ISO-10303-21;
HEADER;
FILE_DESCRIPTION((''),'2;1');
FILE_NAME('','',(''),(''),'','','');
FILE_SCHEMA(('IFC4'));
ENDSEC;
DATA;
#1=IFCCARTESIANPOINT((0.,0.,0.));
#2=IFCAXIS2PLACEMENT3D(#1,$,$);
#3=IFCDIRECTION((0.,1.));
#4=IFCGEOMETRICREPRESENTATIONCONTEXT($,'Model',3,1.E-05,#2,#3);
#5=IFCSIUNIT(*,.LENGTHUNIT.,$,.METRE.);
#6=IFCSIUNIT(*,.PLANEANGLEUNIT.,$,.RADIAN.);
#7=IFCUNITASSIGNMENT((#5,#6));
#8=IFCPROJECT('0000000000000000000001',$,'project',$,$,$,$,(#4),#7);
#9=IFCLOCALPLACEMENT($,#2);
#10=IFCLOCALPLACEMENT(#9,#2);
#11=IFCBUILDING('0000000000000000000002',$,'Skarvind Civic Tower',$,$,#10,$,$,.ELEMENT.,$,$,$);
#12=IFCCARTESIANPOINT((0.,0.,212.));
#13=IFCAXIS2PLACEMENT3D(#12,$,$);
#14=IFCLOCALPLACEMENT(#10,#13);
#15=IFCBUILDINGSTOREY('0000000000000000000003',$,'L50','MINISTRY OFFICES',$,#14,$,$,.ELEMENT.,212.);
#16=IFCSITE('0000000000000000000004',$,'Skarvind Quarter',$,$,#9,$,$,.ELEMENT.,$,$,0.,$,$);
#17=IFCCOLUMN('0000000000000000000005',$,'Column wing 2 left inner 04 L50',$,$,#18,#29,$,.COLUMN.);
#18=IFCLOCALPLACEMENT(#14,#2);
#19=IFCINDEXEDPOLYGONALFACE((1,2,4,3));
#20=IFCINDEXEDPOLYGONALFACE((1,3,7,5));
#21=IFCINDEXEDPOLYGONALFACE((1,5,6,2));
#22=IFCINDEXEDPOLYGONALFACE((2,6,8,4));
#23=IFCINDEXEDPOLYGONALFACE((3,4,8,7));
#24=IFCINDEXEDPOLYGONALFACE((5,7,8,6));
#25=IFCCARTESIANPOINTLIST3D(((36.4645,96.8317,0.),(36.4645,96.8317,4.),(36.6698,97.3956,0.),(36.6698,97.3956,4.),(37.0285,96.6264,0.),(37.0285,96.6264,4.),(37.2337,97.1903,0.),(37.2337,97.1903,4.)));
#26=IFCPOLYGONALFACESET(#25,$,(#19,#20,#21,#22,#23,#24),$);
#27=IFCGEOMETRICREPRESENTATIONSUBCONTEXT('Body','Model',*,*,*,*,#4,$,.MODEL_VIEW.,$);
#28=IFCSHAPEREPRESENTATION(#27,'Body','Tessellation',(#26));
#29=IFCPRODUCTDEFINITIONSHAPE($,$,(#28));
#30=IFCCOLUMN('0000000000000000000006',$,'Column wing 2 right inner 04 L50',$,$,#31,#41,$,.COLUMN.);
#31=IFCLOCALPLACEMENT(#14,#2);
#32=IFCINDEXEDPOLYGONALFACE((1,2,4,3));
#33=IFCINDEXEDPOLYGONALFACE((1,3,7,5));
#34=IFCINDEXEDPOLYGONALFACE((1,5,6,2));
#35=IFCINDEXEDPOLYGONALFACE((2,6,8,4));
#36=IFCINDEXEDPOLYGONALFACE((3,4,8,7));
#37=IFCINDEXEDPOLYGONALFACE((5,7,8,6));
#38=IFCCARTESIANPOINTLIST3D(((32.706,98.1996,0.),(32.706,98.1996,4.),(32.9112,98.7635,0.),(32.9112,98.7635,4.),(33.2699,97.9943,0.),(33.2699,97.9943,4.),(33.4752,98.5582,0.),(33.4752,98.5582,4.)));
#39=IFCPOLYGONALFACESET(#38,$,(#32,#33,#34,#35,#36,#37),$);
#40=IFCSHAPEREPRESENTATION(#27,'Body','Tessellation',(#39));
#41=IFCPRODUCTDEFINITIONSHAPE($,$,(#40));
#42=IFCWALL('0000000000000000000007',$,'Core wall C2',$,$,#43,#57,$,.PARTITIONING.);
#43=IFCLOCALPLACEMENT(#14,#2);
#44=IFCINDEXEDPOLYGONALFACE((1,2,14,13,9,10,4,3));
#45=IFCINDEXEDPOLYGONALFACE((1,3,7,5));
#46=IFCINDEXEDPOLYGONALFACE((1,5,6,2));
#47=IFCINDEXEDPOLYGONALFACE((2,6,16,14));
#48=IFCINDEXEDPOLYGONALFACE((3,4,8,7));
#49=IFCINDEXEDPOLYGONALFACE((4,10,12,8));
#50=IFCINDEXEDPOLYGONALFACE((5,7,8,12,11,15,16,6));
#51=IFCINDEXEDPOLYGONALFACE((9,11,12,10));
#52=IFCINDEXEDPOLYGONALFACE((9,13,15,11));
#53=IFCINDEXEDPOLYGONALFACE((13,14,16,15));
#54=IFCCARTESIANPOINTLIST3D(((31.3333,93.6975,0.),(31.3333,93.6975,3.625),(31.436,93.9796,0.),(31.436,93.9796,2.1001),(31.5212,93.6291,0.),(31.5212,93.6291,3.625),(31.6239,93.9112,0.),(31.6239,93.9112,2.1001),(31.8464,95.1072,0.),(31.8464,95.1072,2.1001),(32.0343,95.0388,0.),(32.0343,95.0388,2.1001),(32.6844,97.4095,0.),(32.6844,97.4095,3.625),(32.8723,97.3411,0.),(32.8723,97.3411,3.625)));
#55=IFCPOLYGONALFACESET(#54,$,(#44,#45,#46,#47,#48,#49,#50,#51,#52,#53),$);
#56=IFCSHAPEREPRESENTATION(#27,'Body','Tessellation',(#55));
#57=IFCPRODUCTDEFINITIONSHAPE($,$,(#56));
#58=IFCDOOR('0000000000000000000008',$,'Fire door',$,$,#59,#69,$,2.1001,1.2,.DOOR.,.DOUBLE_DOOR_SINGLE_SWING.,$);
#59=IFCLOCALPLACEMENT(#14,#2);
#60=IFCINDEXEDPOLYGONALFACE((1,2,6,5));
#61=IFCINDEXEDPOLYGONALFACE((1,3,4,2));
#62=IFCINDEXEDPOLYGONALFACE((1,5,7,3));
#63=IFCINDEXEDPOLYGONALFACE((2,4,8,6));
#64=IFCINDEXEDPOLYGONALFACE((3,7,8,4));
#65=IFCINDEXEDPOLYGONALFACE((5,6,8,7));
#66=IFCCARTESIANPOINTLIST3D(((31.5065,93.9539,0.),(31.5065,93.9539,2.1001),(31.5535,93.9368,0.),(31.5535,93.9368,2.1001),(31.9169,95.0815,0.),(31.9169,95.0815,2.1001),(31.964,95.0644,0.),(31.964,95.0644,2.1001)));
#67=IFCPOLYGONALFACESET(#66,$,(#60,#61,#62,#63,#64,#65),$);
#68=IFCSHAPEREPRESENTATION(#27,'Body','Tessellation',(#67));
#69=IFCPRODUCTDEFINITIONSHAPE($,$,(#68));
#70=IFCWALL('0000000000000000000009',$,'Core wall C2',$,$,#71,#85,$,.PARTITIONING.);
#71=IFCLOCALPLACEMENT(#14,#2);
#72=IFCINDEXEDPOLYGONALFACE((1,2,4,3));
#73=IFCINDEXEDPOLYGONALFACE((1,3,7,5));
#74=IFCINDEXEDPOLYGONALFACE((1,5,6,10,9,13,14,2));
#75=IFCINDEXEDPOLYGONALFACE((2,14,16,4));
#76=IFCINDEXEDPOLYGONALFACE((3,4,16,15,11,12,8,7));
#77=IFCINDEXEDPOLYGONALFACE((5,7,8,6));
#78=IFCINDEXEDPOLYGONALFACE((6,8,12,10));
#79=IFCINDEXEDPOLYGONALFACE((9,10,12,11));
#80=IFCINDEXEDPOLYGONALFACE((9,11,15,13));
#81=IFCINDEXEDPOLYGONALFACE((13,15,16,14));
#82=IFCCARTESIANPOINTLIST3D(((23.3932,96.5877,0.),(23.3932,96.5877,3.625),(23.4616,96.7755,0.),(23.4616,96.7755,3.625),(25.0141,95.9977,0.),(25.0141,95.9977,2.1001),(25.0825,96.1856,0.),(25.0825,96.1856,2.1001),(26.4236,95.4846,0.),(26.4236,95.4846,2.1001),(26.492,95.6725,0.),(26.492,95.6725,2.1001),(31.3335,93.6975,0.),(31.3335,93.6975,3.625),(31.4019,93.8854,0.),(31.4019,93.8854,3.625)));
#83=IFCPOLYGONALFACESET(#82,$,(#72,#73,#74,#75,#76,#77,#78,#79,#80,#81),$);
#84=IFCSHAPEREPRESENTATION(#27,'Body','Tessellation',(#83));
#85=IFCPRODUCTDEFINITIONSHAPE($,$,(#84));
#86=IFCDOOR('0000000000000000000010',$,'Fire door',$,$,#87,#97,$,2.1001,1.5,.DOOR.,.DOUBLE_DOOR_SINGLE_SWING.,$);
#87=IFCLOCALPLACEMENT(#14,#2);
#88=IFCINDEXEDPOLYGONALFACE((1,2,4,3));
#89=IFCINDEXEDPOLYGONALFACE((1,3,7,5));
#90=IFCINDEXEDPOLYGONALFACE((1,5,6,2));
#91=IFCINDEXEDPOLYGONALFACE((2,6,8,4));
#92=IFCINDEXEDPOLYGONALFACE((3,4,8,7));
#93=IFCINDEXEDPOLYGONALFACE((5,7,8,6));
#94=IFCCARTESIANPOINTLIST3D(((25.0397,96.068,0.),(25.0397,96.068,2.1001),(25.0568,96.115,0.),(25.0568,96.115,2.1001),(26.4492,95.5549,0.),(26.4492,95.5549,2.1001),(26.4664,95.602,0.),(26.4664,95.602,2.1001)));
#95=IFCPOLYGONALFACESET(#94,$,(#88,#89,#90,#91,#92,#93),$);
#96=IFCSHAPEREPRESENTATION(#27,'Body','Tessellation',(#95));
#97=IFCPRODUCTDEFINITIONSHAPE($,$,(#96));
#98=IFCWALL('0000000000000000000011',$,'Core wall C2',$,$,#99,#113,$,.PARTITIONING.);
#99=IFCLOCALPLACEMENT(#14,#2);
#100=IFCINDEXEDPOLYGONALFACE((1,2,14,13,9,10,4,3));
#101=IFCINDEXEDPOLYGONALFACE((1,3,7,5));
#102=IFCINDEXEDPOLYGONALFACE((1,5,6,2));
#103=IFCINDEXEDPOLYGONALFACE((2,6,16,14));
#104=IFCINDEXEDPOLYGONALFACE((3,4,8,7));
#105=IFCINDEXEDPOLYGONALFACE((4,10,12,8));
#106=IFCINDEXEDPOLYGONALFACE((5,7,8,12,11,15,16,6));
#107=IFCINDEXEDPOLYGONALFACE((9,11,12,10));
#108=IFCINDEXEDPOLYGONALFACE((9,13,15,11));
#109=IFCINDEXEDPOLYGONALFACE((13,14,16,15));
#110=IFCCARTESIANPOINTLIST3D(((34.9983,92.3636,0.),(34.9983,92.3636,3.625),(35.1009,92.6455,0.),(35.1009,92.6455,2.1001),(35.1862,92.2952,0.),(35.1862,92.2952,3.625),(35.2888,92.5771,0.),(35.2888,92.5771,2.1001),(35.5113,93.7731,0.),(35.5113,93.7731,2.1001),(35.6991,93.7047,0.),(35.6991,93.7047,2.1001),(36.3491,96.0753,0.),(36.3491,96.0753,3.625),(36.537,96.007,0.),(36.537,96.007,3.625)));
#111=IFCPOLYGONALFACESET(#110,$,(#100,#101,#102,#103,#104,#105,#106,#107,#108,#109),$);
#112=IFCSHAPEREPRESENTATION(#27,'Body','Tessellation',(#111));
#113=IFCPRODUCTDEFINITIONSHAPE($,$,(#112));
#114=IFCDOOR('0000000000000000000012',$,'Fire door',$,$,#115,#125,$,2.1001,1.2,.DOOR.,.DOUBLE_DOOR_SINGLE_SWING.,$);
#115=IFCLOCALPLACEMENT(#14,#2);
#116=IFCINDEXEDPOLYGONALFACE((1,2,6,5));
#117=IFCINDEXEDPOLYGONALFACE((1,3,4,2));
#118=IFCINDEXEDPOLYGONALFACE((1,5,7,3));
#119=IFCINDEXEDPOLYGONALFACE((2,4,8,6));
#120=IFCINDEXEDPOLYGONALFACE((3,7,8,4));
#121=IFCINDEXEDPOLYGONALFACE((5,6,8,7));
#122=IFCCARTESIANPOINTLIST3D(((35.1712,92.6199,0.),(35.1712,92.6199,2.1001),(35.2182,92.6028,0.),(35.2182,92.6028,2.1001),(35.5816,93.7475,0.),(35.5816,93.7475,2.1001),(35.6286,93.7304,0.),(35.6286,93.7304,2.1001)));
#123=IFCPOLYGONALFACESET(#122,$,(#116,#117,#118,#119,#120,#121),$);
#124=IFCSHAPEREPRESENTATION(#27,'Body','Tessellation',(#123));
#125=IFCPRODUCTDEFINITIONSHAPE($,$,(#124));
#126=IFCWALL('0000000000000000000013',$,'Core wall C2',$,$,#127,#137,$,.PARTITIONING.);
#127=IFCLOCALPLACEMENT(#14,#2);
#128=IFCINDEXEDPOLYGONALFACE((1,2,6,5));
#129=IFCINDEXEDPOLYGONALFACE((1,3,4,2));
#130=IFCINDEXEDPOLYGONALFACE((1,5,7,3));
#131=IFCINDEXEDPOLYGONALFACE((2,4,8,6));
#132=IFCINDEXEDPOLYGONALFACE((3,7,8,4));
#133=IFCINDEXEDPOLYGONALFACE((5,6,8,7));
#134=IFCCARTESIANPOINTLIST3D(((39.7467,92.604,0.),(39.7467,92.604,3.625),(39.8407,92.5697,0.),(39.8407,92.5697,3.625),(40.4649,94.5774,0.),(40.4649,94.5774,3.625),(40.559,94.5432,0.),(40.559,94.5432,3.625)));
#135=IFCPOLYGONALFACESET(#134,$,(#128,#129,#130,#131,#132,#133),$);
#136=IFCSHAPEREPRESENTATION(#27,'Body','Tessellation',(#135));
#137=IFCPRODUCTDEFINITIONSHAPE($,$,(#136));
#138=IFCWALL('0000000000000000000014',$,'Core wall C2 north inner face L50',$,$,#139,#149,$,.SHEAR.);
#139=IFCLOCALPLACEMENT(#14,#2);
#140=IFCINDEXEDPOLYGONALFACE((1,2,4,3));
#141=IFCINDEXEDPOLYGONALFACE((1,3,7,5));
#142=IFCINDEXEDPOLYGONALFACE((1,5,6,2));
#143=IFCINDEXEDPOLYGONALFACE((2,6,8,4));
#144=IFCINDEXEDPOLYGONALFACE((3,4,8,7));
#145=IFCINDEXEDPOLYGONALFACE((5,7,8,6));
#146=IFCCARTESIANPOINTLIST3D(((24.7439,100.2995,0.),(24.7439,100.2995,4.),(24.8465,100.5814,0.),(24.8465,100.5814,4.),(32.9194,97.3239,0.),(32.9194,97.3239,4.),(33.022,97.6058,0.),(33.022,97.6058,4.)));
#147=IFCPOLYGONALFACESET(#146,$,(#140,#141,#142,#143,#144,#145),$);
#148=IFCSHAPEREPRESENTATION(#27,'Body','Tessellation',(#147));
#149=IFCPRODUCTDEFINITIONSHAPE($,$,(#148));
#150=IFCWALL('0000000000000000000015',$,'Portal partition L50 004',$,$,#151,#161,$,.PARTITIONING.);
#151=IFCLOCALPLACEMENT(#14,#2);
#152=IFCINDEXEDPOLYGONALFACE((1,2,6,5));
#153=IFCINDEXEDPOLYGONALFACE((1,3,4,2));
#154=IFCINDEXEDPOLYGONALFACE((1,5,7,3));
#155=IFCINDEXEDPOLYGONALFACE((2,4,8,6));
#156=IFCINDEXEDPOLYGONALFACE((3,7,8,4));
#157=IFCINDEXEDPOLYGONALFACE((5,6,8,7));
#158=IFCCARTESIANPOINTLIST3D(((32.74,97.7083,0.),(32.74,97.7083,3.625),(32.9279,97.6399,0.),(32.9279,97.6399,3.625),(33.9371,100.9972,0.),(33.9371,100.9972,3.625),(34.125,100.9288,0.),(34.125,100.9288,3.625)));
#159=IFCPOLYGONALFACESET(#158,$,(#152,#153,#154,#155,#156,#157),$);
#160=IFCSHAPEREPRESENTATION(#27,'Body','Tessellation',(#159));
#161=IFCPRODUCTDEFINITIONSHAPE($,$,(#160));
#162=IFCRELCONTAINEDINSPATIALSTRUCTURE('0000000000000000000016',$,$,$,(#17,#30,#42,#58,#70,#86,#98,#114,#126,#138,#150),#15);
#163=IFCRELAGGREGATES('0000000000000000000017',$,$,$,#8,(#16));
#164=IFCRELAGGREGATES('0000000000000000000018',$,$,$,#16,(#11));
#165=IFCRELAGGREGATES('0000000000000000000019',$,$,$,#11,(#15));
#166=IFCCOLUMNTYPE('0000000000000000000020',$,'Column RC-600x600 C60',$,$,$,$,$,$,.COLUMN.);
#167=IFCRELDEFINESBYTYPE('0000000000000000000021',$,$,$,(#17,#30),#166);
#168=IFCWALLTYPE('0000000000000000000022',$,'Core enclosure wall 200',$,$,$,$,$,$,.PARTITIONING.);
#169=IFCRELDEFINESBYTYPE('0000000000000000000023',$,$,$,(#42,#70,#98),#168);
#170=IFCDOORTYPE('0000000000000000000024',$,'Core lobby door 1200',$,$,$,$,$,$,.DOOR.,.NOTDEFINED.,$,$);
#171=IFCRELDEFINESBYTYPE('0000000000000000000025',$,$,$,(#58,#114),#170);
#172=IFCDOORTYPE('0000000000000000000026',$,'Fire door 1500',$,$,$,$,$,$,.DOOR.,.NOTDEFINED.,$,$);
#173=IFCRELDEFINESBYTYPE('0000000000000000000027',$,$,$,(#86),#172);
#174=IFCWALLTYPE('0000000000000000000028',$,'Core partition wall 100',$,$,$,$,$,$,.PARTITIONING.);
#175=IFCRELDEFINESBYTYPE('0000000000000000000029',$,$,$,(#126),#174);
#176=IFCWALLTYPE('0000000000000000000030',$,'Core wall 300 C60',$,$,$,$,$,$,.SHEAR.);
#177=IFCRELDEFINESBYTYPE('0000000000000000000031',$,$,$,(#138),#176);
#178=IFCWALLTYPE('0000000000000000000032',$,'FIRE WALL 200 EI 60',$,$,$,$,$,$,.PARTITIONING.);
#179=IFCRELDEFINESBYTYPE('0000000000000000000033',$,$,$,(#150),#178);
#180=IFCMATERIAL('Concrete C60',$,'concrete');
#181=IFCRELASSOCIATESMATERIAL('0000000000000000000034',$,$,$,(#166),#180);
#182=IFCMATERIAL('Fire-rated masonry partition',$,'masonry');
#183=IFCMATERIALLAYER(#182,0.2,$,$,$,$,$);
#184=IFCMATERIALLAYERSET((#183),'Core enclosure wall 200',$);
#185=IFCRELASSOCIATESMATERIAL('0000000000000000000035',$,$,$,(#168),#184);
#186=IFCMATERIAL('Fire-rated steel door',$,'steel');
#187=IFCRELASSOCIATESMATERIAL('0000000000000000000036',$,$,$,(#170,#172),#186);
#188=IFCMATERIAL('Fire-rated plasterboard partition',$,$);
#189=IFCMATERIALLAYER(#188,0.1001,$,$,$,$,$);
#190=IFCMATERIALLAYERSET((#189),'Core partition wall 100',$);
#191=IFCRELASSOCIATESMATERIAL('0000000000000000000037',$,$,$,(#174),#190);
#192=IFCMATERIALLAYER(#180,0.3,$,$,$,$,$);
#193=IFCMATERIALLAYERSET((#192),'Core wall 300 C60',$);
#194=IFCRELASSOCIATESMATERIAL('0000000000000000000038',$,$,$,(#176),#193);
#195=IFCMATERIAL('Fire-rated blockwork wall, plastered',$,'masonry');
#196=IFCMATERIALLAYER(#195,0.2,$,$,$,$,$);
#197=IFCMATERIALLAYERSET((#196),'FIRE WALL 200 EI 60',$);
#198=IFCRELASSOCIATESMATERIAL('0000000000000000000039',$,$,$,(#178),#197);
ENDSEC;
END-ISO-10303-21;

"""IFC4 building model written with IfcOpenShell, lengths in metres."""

from ifc_helpers import new_model, si_unit, direction, frame, frame_2d, origin, origin_2d, place, context, subcontext, project, spatial, rectangle, extrude, material, layer, layer_set, material_profile, profile_set, type_object, element, fill, save


model = new_model("IFC4")

# Units and contexts
model_context = context("Model", 3, precision=1e-05, world=origin(), true_north=direction((0.0, 1.0)))
body_context = subcontext(model_context, "Body", "Model", "MODEL_VIEW")
ifc_project = project(units=[si_unit("LENGTHUNIT", "METRE"), si_unit("PLANEANGLEUNIT", "RADIAN")], contexts=[model_context])

# Site, building, storey
site_placement = place(None, origin())
site = spatial("IfcSite", under=ifc_project, at=site_placement, Name="Skarvind Quarter", CompositionType="ELEMENT", RefElevation=0.0)
building_placement = place(site_placement, origin())
building = spatial("IfcBuilding", under=site, at=building_placement, Name="Skarvind Civic Tower", CompositionType="ELEMENT")
storey_placement = place(building_placement, frame((0.0, 0.0, 212.0)))
storey = spatial("IfcBuildingStorey", under=building, at=storey_placement, Name="L50", Description="MINISTRY OFFICES", CompositionType="ELEMENT", Elevation=212.0)

# Columns
ifc_material_1 = material(Name="Concrete C60", Category="concrete")
ifc_material_profile = material_profile(ifc_material_1, rectangle(XDim=0.6001, YDim=0.6001, at=origin_2d()), Name="RC-600x600")
ifc_profile_set = profile_set([ifc_material_profile], Name="Concrete C60")
column_type = type_object("IfcColumnType", Name="Column RC-600x600 C60", PredefinedType="COLUMN", material=ifc_profile_set)
for number, where, z_axis, x_axis, name in (
    (1, (36.8491, 97.011, 0.0), (0.0, 0.0, 1.0), (-0.34202, -0.939693, 0.0), "Column wing 2 left inner 04 L50"),
    (2, (33.0906, 98.3789, 0.0), (0.0, 0.0, 1.0), (-0.34202, -0.939693, 0.0), "Column wing 2 right inner 04 L50"),
):
    element("IfcColumn", number, at=place(storey_placement, frame(where, z_axis=z_axis, x_axis=x_axis)), inside=storey, type_object=column_type, Name=name, PredefinedType="COLUMN", context=body_context, shape_type="SweptSolid", body=[
        extrude(rectangle(XDim=0.6001, YDim=0.6001, at=origin_2d()), origin(), (0.0, 0.0, 1.0), 4.0),
    ])

# Walls, openings, doors
ifc_material_2 = material(Name="Fire-rated masonry partition", Category="masonry")
ifc_layer_1 = layer(ifc_material_2, 0.2)
ifc_layer_set_1 = layer_set([ifc_layer_1], Name="Core enclosure wall 200")
wall_type_1 = type_object("IfcWallType", Name="Core enclosure wall 200", PredefinedType="PARTITIONING", material=ifc_layer_set_1)
wall_1_placement = place(storey_placement, frame((31.4272, 93.6633, 0.0), z_axis=(0.0, 0.0, 1.0), x_axis=(0.342031, 0.939689, 0.0)))
wall_1 = element("IfcWall", 3, at=wall_1_placement, inside=storey, type_object=wall_type_1, Name="Core wall C2", PredefinedType="PARTITIONING", context=body_context, shape_type="SweptSolid", body=[
    extrude(rectangle(XDim=3.9502, YDim=0.2, at=frame_2d((1.9751, 0.0))), origin(), (0.0, 0.0, 1.0), 3.625),
])
opening_1_placement = place(wall_1_placement, frame((0.3, 0.0, 0.0)))
opening_1 = element("IfcOpeningElement", 4, at=opening_1_placement, cuts=wall_1, PredefinedType="OPENING", context=body_context, shape_type="SweptSolid", body=[
    extrude(rectangle(XDim=1.2, YDim=2.1001, at=frame_2d((0.6001, 1.05))), frame((0.0, 0.1099, 0.0), z_axis=(0.0, -1.0, 0.0), x_axis=(1.0, 0.0, 0.0)), (0.0, 0.0, 1.0), 0.22),
])
ifc_material_3 = material(Name="Fire-rated steel door", Category="steel")
door_type_1 = type_object("IfcDoorType", Name="Core lobby door 1200", OperationType="NOTDEFINED", PredefinedType="DOOR", material=ifc_material_3)
door_1_placement = place(opening_1_placement, origin())
door_1 = element("IfcDoor", 5, at=door_1_placement, inside=storey, type_object=door_type_1, Name="Fire door", OperationType="DOUBLE_DOOR_SINGLE_SWING", OverallHeight=2.1001, OverallWidth=1.2, PredefinedType="DOOR", context=body_context, shape_type="SweptSolid", body=[
    extrude(rectangle(XDim=1.2, YDim=2.1001, at=frame_2d((0.6001, 1.05))), frame((0.0, 0.0249, 0.0), z_axis=(0.0, -1.0, 0.0), x_axis=(1.0, 0.0, 0.0)), (0.0, 0.0, 1.0), 0.05),
])
fill(opening_1, door_1)
wall_2_placement = place(storey_placement, frame((23.4272, 96.6816, 0.0), z_axis=(0.0, 0.0, 1.0), x_axis=(0.93969, -0.342026, 0.0)))
wall_2 = element("IfcWall", 6, at=wall_2_placement, inside=storey, type_object=wall_type_1, Name="Core wall C2", PredefinedType="PARTITIONING", context=body_context, shape_type="SweptSolid", body=[
    extrude(rectangle(XDim=8.45, YDim=0.2, at=frame_2d((4.2251, 0.0))), origin(), (0.0, 0.0, 1.0), 3.625),
])
opening_2_placement = place(wall_2_placement, frame((1.7251, 0.0, 0.0)))
opening_2 = element("IfcOpeningElement", 7, at=opening_2_placement, cuts=wall_2, PredefinedType="OPENING", context=body_context, shape_type="SweptSolid", body=[
    extrude(rectangle(XDim=1.5, YDim=2.1001, at=frame_2d((0.75, 1.05))), frame((0.0, 0.1099, 0.0), z_axis=(0.0, -1.0, 0.0), x_axis=(1.0, 0.0, 0.0)), (0.0, 0.0, 1.0), 0.22),
])
door_type_2 = type_object("IfcDoorType", Name="Fire door 1500", OperationType="NOTDEFINED", PredefinedType="DOOR", material=ifc_material_3)
door_2_placement = place(opening_2_placement, origin())
door_2 = element("IfcDoor", 8, at=door_2_placement, inside=storey, type_object=door_type_2, Name="Fire door", OperationType="DOUBLE_DOOR_SINGLE_SWING", OverallHeight=2.1001, OverallWidth=1.5, PredefinedType="DOOR", context=body_context, shape_type="SweptSolid", body=[
    extrude(rectangle(XDim=1.5, YDim=2.1001, at=frame_2d((0.75, 1.05))), frame((0.0, 0.0249, 0.0), z_axis=(0.0, -1.0, 0.0), x_axis=(1.0, 0.0, 0.0)), (0.0, 0.0, 1.0), 0.05),
])
fill(opening_2, door_2)
wall_3_placement = place(storey_placement, frame((36.4431, 96.0413, 0.0), z_axis=(0.0, 0.0, 1.0), x_axis=(-0.341996, -0.939701, 0.0)))
wall_3 = element("IfcWall", 9, at=wall_3_placement, inside=storey, type_object=wall_type_1, Name="Core wall C2", PredefinedType="PARTITIONING", context=body_context, shape_type="SweptSolid", body=[
    extrude(rectangle(XDim=3.95, YDim=0.2, at=frame_2d((1.9751, 0.0))), origin(), (0.0, 0.0, 1.0), 3.625),
])
opening_3_placement = place(wall_3_placement, frame((2.45, 0.0, 0.0)))
opening_3 = element("IfcOpeningElement", 10, at=opening_3_placement, cuts=wall_3, PredefinedType="OPENING", context=body_context, shape_type="SweptSolid", body=[
    extrude(rectangle(XDim=1.2, YDim=2.1001, at=frame_2d((0.6001, 1.05))), frame((0.0, 0.1099, 0.0), z_axis=(0.0, -1.0, 0.0), x_axis=(1.0, 0.0, 0.0)), (0.0, 0.0, 1.0), 0.22),
])
door_3_placement = place(opening_3_placement, origin())
door_3 = element("IfcDoor", 11, at=door_3_placement, inside=storey, type_object=door_type_1, Name="Fire door", OperationType="DOUBLE_DOOR_SINGLE_SWING", OverallHeight=2.1001, OverallWidth=1.2, PredefinedType="DOOR", context=body_context, shape_type="SweptSolid", body=[
    extrude(rectangle(XDim=1.2, YDim=2.1001, at=frame_2d((0.6001, 1.05))), frame((0.0, 0.0249, 0.0), z_axis=(0.0, -1.0, 0.0), x_axis=(1.0, 0.0, 0.0)), (0.0, 0.0, 1.0), 0.05),
])
fill(opening_3, door_3)

# Walls
ifc_material_4 = material(Name="Fire-rated plasterboard partition")
ifc_layer_2 = layer(ifc_material_4, 0.1001)
ifc_layer_set_2 = layer_set([ifc_layer_2], Name="Core partition wall 100")
wall_type_2 = type_object("IfcWallType", Name="Core partition wall 100", PredefinedType="PARTITIONING", material=ifc_layer_set_2)
wall_4_placement = place(storey_placement, frame((40.512, 94.5603, 0.0), z_axis=(0.0, 0.0, 1.0), x_axis=(-0.342023, -0.939692, 0.0)))
element("IfcWall", 12, at=wall_4_placement, inside=storey, type_object=wall_type_2, Name="Core wall C2", PredefinedType="PARTITIONING", context=body_context, shape_type="SweptSolid", body=[
    extrude(rectangle(XDim=2.1001, YDim=0.1001, at=frame_2d((1.05, 0.0))), origin(), (0.0, 0.0, 1.0), 3.625),
])
ifc_layer_3 = layer(ifc_material_1, 0.3)
ifc_layer_set_3 = layer_set([ifc_layer_3], Name="Core wall 300 C60")
wall_type_3 = type_object("IfcWallType", Name="Core wall 300 C60", PredefinedType="SHEAR", material=ifc_layer_set_3)
wall_5_placement = place(storey_placement, frame((32.9707, 97.4648, 0.0), z_axis=(0.0, 0.0, 1.0), x_axis=(-0.939695, 0.342013, 0.0)))
element("IfcWall", 13, at=wall_5_placement, inside=storey, type_object=wall_type_3, Name="Core wall C2 north inner face L50", PredefinedType="SHEAR", context=body_context, shape_type="SweptSolid", body=[
    extrude(rectangle(XDim=8.7002, YDim=0.3, at=frame_2d((4.3501, 0.0))), origin(), (0.0, 0.0, 1.0), 4.0),
])
ifc_material_5 = material(Name="Fire-rated blockwork wall, plastered", Category="masonry")
ifc_layer_4 = layer(ifc_material_5, 0.2)
ifc_layer_set_4 = layer_set([ifc_layer_4], Name="FIRE WALL 200 EI 60")
wall_type_4 = type_object("IfcWallType", Name="FIRE WALL 200 EI 60", PredefinedType="PARTITIONING", material=ifc_layer_set_4)
wall_6_placement = place(storey_placement, frame((32.834, 97.6741, 0.0), z_axis=(0.0, 0.0, 1.0), x_axis=(0.342017, 0.939694, 0.0)))
element("IfcWall", 14, at=wall_6_placement, inside=storey, type_object=wall_type_4, Name="Portal partition L50 004", PredefinedType="PARTITIONING", context=body_context, shape_type="SweptSolid", body=[
    extrude(rectangle(XDim=3.5, YDim=0.2, at=frame_2d((1.75, 0.0))), origin(), (0.0, 0.0, 1.0), 3.625),
])

save(model, "model.ifc")
